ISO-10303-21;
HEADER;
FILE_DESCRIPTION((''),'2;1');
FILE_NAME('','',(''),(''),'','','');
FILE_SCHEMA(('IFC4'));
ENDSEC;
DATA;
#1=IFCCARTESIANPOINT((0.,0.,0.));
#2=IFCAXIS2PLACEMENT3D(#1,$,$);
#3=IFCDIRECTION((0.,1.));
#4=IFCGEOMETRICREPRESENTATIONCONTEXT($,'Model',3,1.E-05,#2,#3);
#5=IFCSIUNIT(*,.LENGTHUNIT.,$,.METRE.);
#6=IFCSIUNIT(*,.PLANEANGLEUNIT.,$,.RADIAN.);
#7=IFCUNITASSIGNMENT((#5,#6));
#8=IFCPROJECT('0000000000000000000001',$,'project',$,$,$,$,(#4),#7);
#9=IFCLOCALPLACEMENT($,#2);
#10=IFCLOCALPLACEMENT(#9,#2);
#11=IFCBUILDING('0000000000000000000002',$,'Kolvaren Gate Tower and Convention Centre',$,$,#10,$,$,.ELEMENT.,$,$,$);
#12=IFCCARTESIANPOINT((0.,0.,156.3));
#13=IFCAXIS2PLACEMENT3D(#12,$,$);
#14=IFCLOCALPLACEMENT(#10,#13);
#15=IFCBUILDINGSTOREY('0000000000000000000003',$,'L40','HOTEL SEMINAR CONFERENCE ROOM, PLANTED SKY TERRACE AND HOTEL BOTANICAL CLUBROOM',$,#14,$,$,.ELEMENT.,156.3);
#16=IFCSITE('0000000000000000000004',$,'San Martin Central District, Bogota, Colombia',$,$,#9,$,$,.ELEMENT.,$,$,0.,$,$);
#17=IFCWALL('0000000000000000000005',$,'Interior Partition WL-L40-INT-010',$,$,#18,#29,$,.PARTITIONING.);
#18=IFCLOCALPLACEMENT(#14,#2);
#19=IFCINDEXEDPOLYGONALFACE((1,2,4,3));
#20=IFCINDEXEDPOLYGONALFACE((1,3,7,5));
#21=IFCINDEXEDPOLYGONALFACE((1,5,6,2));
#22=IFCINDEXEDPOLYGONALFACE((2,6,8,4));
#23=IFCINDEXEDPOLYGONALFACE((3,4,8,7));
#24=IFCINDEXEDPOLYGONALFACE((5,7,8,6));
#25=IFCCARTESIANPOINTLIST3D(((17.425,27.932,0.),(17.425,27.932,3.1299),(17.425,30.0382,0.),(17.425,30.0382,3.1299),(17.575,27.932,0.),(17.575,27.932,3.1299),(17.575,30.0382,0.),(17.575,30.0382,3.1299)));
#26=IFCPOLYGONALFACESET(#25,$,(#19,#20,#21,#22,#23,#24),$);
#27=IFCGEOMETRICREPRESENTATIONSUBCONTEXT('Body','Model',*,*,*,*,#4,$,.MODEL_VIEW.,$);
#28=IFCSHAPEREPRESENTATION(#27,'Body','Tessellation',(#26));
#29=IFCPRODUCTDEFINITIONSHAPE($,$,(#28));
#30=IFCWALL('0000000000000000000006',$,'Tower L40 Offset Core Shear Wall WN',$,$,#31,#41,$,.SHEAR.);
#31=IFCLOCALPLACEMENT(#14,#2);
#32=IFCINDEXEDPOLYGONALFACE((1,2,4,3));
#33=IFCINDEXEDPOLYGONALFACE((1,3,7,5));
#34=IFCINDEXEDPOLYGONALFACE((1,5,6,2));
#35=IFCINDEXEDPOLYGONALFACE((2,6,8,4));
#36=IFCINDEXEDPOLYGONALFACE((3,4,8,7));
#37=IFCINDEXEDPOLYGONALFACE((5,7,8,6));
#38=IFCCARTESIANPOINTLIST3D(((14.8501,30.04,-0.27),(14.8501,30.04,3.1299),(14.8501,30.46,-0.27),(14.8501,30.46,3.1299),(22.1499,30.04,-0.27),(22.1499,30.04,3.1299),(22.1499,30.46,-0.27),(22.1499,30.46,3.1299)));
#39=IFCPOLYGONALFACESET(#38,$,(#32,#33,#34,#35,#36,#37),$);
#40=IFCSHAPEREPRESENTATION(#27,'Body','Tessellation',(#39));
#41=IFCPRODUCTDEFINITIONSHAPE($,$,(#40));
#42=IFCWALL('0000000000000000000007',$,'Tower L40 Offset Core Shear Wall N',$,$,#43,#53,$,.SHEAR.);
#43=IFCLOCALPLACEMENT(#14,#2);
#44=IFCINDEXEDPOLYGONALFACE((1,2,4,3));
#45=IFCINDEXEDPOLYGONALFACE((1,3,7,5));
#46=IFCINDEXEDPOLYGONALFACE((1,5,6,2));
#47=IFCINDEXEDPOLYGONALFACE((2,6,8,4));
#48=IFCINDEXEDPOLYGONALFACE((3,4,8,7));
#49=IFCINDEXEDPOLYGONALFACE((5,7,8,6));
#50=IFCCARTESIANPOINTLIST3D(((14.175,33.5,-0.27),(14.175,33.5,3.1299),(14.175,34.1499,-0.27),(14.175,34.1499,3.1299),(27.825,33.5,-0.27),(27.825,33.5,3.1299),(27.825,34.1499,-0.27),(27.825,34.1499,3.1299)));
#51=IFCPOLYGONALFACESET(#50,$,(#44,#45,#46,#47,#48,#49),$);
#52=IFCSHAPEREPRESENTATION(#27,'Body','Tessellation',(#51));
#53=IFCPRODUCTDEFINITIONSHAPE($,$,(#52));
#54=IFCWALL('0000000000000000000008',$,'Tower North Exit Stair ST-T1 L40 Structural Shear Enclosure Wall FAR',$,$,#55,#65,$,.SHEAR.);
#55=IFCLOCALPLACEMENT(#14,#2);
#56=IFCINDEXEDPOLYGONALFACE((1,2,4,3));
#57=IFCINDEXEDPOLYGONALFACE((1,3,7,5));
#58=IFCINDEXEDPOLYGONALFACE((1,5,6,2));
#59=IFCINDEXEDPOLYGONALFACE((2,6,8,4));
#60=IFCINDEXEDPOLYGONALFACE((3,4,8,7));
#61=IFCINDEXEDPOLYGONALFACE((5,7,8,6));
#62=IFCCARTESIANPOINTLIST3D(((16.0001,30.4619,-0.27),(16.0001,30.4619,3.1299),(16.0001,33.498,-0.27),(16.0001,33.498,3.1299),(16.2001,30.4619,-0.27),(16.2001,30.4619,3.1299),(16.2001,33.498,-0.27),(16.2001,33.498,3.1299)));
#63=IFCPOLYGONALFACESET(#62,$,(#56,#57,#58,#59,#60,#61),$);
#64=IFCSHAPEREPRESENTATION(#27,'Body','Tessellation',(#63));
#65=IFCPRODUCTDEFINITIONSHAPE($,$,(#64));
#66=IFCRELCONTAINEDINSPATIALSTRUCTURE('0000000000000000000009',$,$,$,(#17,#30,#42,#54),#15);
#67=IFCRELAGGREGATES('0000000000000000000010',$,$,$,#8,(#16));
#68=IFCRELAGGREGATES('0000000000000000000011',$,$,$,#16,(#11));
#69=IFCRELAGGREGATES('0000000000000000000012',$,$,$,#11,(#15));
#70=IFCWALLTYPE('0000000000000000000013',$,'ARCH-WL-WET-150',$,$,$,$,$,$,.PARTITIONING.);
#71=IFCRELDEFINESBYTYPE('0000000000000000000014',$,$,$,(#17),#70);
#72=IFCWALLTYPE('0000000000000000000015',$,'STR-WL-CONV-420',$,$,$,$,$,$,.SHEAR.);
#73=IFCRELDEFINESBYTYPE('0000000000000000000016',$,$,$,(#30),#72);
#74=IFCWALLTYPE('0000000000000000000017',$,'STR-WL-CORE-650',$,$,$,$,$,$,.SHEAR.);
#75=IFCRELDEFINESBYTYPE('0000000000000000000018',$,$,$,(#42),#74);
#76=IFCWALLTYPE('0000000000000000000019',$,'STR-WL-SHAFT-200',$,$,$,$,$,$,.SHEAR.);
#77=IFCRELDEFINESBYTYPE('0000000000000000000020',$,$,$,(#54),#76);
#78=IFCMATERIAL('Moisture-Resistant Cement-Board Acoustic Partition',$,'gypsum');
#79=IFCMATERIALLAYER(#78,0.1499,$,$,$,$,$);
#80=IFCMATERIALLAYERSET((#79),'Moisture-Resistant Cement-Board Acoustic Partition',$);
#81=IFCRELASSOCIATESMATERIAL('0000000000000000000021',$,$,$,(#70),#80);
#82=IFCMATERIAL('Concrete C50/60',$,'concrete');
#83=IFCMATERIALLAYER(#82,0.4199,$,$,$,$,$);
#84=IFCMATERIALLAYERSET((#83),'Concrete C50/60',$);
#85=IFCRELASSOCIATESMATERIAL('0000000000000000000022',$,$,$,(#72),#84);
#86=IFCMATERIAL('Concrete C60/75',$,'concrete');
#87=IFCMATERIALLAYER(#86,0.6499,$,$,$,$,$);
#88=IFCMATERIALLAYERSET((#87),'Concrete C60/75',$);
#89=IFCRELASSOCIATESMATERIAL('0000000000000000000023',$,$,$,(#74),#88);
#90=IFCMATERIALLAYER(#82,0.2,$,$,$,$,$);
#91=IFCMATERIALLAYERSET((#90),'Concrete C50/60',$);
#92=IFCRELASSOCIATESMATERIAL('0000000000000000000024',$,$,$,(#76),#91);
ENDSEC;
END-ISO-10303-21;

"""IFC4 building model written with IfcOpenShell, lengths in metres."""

from ifc_helpers import new_model, si_unit, direction, frame, frame_2d, origin, place, context, subcontext, project, spatial, rectangle, extrude, material, layer, layer_set, type_object, element, save


model = new_model("IFC4")

# Units and contexts
model_context = context("Model", 3, precision=1e-05, world=origin(), true_north=direction((0.0, 1.0)))
body_context = subcontext(model_context, "Body", "Model", "MODEL_VIEW")
ifc_project = project(units=[si_unit("LENGTHUNIT", "METRE"), si_unit("PLANEANGLEUNIT", "RADIAN")], contexts=[model_context])

# Site, building, storey
site_placement = place(None, origin())
site = spatial("IfcSite", under=ifc_project, at=site_placement, Name="San Martin Central District, Bogota, Colombia", CompositionType="ELEMENT", RefElevation=0.0)
building_placement = place(site_placement, origin())
building = spatial("IfcBuilding", under=site, at=building_placement, Name="Kolvaren Gate Tower and Convention Centre", CompositionType="ELEMENT")
storey_placement = place(building_placement, frame((0.0, 0.0, 156.3)))
storey = spatial("IfcBuildingStorey", under=building, at=storey_placement, Name="L40", Description="HOTEL SEMINAR CONFERENCE ROOM, PLANTED SKY TERRACE AND HOTEL BOTANICAL CLUBROOM", CompositionType="ELEMENT", Elevation=156.3)

# Shared definitions
ifc_material_1 = material(Name="Concrete C60/75", Category="concrete")

# Walls
ifc_material_2 = material(Name="Moisture-Resistant Cement-Board Acoustic Partition", Category="gypsum")
ifc_layer_1 = layer(ifc_material_2, 0.1499)
ifc_layer_set_1 = layer_set([ifc_layer_1], Name="Moisture-Resistant Cement-Board Acoustic Partition")
wall_type_1 = type_object("IfcWallType", Name="ARCH-WL-WET-150", PredefinedType="PARTITIONING", material=ifc_layer_set_1)
for number, where, z_axis, x_axis, name in (
    (1, (17.5, 27.9319, 0.0), (0.0, 0.0, 1.0), (0.0, 1.0, 0.0), "Interior Partition WL-L40-INT-010"),
):
    element("IfcWall", number, at=place(storey_placement, frame(where, z_axis=z_axis, x_axis=x_axis)), inside=storey, type_object=wall_type_1, Name=name, PredefinedType="PARTITIONING", context=body_context, shape_type="SweptSolid", body=[
        extrude(rectangle(XDim=2.1062, YDim=0.1499, at=frame_2d((1.0532, 0.0))), origin(), (0.0, 0.0, 1.0), 3.1299),
    ])
ifc_material_3 = material(Name="Concrete C50/60", Category="concrete")
ifc_layer_2 = layer(ifc_material_3, 0.4199)
ifc_layer_set_2 = layer_set([ifc_layer_2], Name="Concrete C50/60")
wall_type_2 = type_object("IfcWallType", Name="STR-WL-CONV-420", PredefinedType="SHEAR", material=ifc_layer_set_2)
wall_1_placement = place(storey_placement, frame((14.8501, 30.25, -0.27), z_axis=(0.0, 0.0, 1.0), x_axis=(1.0, 0.0, 0.0)))
element("IfcWall", 2, at=wall_1_placement, inside=storey, type_object=wall_type_2, Name="Tower L40 Offset Core Shear Wall WN", PredefinedType="SHEAR", context=body_context, shape_type="SweptSolid", body=[
    extrude(rectangle(XDim=7.2998, YDim=0.4199, at=frame_2d((3.6499, 0.0))), origin(), (0.0, 0.0, 1.0), 3.3999),
])
ifc_layer_3 = layer(ifc_material_1, 0.6499)
ifc_layer_set_3 = layer_set([ifc_layer_3], Name="Concrete C60/75")
wall_type_3 = type_object("IfcWallType", Name="STR-WL-CORE-650", PredefinedType="SHEAR", material=ifc_layer_set_3)
wall_2_placement = place(storey_placement, frame((14.175, 33.825, -0.27), z_axis=(0.0, 0.0, 1.0), x_axis=(1.0, 0.0, 0.0)))
element("IfcWall", 3, at=wall_2_placement, inside=storey, type_object=wall_type_3, Name="Tower L40 Offset Core Shear Wall N", PredefinedType="SHEAR", context=body_context, shape_type="SweptSolid", body=[
    extrude(rectangle(XDim=13.6499, YDim=0.6499, at=frame_2d((6.825, 0.0))), origin(), (0.0, 0.0, 1.0), 3.3999),
])
ifc_layer_4 = layer(ifc_material_3, 0.2)
ifc_layer_set_4 = layer_set([ifc_layer_4], Name="Concrete C50/60")
wall_type_4 = type_object("IfcWallType", Name="STR-WL-SHAFT-200", PredefinedType="SHEAR", material=ifc_layer_set_4)
wall_3_placement = place(storey_placement, frame((16.1001, 30.4619, -0.27), z_axis=(0.0, 0.0, 1.0), x_axis=(0.0, 1.0, 0.0)))
element("IfcWall", 4, at=wall_3_placement, inside=storey, type_object=wall_type_4, Name="Tower North Exit Stair ST-T1 L40 Structural Shear Enclosure Wall FAR", PredefinedType="SHEAR", context=body_context, shape_type="SweptSolid", body=[
    extrude(rectangle(XDim=3.0361, YDim=0.2, at=frame_2d((1.5181, 0.0))), origin(), (0.0, 0.0, 1.0), 3.3999),
])

save(model, "model.ifc")
